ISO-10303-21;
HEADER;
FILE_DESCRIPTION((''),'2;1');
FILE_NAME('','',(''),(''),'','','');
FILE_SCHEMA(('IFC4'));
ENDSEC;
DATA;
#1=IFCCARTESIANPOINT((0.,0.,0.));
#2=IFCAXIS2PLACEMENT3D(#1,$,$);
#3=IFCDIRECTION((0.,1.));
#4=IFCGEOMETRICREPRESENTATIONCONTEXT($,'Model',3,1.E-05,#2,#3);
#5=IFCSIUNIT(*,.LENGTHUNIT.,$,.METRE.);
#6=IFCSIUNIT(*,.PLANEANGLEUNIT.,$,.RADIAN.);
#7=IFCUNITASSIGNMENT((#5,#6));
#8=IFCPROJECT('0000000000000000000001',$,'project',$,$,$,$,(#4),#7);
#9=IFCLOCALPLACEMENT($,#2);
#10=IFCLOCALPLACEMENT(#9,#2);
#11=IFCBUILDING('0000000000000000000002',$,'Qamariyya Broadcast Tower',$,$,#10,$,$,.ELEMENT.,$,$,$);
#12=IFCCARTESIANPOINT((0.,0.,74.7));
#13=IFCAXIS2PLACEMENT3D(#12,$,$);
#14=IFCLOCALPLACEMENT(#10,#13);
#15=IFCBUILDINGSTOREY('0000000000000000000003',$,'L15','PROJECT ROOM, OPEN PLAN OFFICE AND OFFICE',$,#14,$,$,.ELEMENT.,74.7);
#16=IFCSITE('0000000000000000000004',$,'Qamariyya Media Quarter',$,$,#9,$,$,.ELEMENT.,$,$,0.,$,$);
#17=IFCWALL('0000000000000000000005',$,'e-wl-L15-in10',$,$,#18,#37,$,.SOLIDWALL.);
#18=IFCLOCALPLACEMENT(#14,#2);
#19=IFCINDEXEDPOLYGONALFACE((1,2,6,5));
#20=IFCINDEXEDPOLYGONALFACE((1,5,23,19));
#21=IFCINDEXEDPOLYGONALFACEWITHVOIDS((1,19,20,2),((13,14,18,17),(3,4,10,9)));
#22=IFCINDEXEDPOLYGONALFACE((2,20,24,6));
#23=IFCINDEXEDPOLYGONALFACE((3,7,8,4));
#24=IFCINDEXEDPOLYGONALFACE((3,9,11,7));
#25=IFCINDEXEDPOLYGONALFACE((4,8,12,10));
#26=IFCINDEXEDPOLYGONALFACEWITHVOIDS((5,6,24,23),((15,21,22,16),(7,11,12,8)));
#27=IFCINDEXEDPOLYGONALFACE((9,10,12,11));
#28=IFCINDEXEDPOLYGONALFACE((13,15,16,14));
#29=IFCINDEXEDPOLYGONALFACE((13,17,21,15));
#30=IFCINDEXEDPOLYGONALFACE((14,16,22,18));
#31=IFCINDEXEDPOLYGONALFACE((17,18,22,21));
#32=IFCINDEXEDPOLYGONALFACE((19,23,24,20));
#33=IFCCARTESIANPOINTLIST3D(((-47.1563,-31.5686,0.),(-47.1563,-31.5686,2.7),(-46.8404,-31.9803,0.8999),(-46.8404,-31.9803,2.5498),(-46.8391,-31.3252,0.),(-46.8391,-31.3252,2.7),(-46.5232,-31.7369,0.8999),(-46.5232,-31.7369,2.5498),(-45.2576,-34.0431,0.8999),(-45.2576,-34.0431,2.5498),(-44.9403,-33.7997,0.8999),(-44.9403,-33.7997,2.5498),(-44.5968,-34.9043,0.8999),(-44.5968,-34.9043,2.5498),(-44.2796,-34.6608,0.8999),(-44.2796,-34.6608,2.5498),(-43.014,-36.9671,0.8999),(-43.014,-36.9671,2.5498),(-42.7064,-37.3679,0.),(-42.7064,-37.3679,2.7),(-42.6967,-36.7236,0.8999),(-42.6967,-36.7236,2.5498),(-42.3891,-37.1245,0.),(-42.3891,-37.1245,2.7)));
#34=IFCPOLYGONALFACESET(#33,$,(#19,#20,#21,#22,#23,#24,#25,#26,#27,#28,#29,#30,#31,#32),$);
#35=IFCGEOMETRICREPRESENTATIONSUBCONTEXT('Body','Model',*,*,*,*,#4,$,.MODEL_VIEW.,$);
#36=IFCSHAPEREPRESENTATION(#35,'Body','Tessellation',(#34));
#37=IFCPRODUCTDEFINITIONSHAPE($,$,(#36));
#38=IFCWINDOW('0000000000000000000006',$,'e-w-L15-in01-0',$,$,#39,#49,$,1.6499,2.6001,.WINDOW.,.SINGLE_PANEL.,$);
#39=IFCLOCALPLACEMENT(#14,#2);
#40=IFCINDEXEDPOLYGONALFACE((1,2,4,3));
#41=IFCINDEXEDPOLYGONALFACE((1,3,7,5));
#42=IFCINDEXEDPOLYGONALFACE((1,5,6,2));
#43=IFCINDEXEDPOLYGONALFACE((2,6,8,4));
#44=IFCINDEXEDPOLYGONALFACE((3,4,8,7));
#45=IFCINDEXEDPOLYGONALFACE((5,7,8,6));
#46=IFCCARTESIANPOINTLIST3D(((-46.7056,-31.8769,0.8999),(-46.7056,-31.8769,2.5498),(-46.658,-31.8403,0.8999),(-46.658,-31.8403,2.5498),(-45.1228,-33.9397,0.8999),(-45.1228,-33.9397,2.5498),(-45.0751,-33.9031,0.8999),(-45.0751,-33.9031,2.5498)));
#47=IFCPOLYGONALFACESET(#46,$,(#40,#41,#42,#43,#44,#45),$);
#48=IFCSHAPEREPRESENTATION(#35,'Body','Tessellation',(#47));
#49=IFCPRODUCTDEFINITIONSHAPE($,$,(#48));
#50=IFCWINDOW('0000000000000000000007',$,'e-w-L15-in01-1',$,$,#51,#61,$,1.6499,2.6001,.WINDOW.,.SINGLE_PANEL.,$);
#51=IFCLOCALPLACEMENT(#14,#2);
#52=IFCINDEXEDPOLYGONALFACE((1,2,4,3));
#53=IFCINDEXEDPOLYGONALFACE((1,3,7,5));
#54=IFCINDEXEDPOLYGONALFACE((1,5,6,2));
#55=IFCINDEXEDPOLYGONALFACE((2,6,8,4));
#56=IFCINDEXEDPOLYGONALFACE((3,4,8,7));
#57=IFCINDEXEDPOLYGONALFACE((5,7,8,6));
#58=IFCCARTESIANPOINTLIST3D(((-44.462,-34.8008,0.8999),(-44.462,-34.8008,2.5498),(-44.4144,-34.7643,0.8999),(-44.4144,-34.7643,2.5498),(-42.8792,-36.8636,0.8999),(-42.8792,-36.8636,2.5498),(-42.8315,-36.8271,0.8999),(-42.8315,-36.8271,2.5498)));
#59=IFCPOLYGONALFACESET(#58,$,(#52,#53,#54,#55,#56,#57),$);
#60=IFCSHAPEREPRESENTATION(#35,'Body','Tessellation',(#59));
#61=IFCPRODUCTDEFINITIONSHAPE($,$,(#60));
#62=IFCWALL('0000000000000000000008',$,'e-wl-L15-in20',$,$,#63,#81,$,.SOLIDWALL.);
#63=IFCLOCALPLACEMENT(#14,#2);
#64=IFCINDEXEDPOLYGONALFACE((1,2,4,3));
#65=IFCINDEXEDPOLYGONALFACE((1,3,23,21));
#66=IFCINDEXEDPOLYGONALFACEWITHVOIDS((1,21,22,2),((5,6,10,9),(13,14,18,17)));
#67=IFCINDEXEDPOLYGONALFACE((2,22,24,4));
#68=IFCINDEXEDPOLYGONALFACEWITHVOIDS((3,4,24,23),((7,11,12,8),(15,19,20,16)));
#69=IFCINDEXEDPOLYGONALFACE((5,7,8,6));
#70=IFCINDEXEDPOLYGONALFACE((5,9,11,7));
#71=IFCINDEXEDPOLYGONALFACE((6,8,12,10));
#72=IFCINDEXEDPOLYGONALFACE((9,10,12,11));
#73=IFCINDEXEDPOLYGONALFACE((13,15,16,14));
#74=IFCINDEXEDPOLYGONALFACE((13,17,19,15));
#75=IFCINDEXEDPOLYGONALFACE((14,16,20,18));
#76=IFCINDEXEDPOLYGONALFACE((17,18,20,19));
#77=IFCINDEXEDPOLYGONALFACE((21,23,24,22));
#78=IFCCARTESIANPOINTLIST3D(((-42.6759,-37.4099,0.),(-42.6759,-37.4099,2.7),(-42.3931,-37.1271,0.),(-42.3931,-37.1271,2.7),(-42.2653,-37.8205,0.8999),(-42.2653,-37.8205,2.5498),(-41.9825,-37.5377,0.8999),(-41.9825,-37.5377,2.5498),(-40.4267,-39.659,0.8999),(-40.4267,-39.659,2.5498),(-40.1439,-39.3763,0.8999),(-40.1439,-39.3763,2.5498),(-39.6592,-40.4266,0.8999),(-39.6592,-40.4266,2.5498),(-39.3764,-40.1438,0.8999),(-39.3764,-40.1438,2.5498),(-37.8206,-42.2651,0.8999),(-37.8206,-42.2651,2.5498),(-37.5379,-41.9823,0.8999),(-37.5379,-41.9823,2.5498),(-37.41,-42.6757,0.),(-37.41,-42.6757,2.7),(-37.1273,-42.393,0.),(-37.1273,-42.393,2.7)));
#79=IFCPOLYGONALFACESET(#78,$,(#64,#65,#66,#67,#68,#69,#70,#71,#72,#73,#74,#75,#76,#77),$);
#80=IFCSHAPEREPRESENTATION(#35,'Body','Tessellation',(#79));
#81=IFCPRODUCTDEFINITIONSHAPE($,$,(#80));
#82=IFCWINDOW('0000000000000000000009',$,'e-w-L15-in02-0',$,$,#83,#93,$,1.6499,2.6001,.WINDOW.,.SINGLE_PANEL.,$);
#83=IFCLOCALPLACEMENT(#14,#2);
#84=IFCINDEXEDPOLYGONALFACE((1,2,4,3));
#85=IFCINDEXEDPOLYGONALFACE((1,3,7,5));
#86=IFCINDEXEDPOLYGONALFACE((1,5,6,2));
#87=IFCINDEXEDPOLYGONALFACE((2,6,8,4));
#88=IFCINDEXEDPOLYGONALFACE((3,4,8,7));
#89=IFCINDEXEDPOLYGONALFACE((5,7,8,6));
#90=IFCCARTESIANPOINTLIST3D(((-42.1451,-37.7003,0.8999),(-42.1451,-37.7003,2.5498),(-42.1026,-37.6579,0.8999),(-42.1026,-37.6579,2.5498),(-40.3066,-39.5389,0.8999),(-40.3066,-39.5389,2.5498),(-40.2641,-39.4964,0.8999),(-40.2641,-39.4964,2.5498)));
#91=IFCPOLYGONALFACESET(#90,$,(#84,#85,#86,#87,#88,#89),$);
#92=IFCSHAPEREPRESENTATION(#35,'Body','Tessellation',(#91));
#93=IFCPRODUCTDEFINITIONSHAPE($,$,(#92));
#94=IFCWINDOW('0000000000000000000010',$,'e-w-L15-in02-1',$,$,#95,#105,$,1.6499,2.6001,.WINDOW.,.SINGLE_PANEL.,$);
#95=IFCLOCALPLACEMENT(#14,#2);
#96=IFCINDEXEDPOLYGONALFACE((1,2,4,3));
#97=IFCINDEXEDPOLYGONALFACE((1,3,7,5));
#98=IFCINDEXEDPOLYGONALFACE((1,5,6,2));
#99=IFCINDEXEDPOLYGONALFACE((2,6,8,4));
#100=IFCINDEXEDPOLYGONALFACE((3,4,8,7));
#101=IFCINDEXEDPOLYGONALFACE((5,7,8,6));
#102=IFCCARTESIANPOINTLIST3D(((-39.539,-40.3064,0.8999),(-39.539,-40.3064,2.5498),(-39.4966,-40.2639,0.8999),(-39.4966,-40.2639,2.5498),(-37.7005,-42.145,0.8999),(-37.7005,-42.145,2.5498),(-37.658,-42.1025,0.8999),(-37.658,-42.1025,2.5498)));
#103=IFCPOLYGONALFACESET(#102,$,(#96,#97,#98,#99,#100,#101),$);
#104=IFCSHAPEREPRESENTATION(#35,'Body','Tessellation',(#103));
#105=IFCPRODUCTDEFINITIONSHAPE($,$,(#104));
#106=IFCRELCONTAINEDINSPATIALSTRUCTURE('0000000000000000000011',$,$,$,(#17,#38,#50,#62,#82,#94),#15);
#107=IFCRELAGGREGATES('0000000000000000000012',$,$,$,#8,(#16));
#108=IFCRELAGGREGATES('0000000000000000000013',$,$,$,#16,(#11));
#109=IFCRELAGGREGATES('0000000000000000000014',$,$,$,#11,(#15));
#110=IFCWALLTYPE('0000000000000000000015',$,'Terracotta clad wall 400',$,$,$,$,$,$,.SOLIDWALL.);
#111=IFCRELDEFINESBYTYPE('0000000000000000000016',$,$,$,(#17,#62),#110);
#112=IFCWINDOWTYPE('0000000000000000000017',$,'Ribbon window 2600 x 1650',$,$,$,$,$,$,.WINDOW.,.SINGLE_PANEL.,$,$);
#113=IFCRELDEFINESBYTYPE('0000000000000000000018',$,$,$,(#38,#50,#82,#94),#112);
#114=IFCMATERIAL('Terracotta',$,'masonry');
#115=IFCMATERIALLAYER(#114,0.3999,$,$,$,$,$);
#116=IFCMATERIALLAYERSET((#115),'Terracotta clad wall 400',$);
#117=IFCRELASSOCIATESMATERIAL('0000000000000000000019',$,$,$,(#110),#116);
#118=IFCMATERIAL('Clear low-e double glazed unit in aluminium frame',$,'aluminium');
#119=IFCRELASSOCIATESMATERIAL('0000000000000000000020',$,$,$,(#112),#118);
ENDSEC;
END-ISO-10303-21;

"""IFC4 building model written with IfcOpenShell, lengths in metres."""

from ifc_helpers import new_model, si_unit, direction, frame, frame_2d, origin, place, context, subcontext, project, spatial, rectangle, extrude, material, layer, layer_set, type_object, element, fill, save


model = new_model("IFC4")

# Units and contexts
model_context = context("Model", 3, precision=1e-05, world=origin(), true_north=direction((0.0, 1.0)))
body_context = subcontext(model_context, "Body", "Model", "MODEL_VIEW")
ifc_project = project(units=[si_unit("LENGTHUNIT", "METRE"), si_unit("PLANEANGLEUNIT", "RADIAN")], contexts=[model_context])

# Site, building, storey
site_placement = place(None, origin())
site = spatial("IfcSite", under=ifc_project, at=site_placement, Name="Qamariyya Media Quarter", CompositionType="ELEMENT", RefElevation=0.0)
building_placement = place(site_placement, origin())
building = spatial("IfcBuilding", under=site, at=building_placement, Name="Qamariyya Broadcast Tower", CompositionType="ELEMENT")
storey_placement = place(building_placement, frame((0.0, 0.0, 74.7)))
storey = spatial("IfcBuildingStorey", under=building, at=storey_placement, Name="L15", Description="PROJECT ROOM, OPEN PLAN OFFICE AND OFFICE", CompositionType="ELEMENT", Elevation=74.7)

# Shared definitions
ifc_material_1 = material(Name="Terracotta", Category="masonry")
ifc_layer_1 = layer(ifc_material_1, 0.3999)
ifc_layer_set_1 = layer_set([ifc_layer_1], Name="Terracotta clad wall 400")
wall_type_1 = type_object("IfcWallType", Name="Terracotta clad wall 400", PredefinedType="SOLIDWALL", material=ifc_layer_set_1)

# Walls, openings, windows
wall_1_placement = place(storey_placement, frame((-42.5479, -37.2461, 0.0), z_axis=(0.0, 0.0, 1.0), x_axis=(-0.60876, 0.793355, 0.0)))
wall_1 = element("IfcWall", 1, at=wall_1_placement, inside=storey, type_object=wall_type_1, Name="e-wl-L15-in10", PredefinedType="SOLIDWALL", context=body_context, shape_type="SweptSolid", body=[
    extrude(rectangle(XDim=7.3098, YDim=0.3999, at=frame_2d((3.6548, 0.0))), origin(), (0.0, 0.0, 1.0), 2.7),
])
opening_1_placement = place(wall_1_placement, frame((4.1907, 0.0, 0.8999)))
opening_1 = element("IfcOpeningElement", 2, at=opening_1_placement, cuts=wall_1, PredefinedType="OPENING", context=body_context, shape_type="SweptSolid", body=[
    extrude(rectangle(XDim=2.6001, YDim=1.6499, at=frame_2d((1.3, 0.825))), frame((0.0, 0.21, 0.0), z_axis=(0.0, -1.0, 0.0), x_axis=(1.0, 0.0, 0.0)), (0.0, 0.0, 1.0), 0.4199),
])
opening_2_placement = place(wall_1_placement, frame((0.5051, 0.0, 0.8999)))
opening_2 = element("IfcOpeningElement", 3, at=opening_2_placement, cuts=wall_1, PredefinedType="OPENING", context=body_context, shape_type="SweptSolid", body=[
    extrude(rectangle(XDim=2.6001, YDim=1.6499, at=frame_2d((1.3, 0.825))), frame((0.0, 0.21, 0.0), z_axis=(0.0, -1.0, 0.0), x_axis=(1.0, 0.0, 0.0)), (0.0, 0.0, 1.0), 0.4199),
])
ifc_material_2 = material(Name="Clear low-e double glazed unit in aluminium frame", Category="aluminium")
window_type = type_object("IfcWindowType", Name="Ribbon window 2600 x 1650", PartitioningType="SINGLE_PANEL", PredefinedType="WINDOW", material=ifc_material_2)
window_1_placement = place(opening_1_placement, origin())
window_1 = element("IfcWindow", 4, at=window_1_placement, inside=storey, type_object=window_type, Name="e-w-L15-in01-0", OverallHeight=1.6499, OverallWidth=2.6001, PartitioningType="SINGLE_PANEL", PredefinedType="WINDOW", context=body_context, shape_type="SweptSolid", body=[
    extrude(rectangle(XDim=2.6001, YDim=1.6499, at=frame_2d((1.3, 0.825))), frame((0.0, 0.03, 0.0), z_axis=(0.0, -1.0, 0.0), x_axis=(1.0, 0.0, 0.0)), (0.0, 0.0, 1.0), 0.0601),
])
fill(opening_1, window_1)
window_2_placement = place(opening_2_placement, origin())
window_2 = element("IfcWindow", 5, at=window_2_placement, inside=storey, type_object=window_type, Name="e-w-L15-in01-1", OverallHeight=1.6499, OverallWidth=2.6001, PartitioningType="SINGLE_PANEL", PredefinedType="WINDOW", context=body_context, shape_type="SweptSolid", body=[
    extrude(rectangle(XDim=2.6001, YDim=1.6499, at=frame_2d((1.3, 0.825))), frame((0.0, 0.03, 0.0), z_axis=(0.0, -1.0, 0.0), x_axis=(1.0, 0.0, 0.0)), (0.0, 0.0, 1.0), 0.0601),
])
fill(opening_2, window_2)
wall_2_placement = place(storey_placement, frame((-37.2686, -42.5344, 0.0), z_axis=(0.0, 0.0, 1.0), x_axis=(-0.707107, 0.707107, 0.0)))
wall_2 = element("IfcWall", 6, at=wall_2_placement, inside=storey, type_object=wall_type_1, Name="e-wl-L15-in20", PredefinedType="SOLIDWALL", context=body_context, shape_type="SweptSolid", body=[
    extrude(rectangle(XDim=7.447, YDim=0.3999, at=frame_2d((3.7236, 0.0))), origin(), (0.0, 0.0, 1.0), 2.7),
])
opening_3_placement = place(wall_2_placement, frame((4.2664, 0.0, 0.8999)))
opening_3 = element("IfcOpeningElement", 7, at=opening_3_placement, cuts=wall_2, PredefinedType="OPENING", context=body_context, shape_type="SweptSolid", body=[
    extrude(rectangle(XDim=2.6001, YDim=1.6499, at=frame_2d((1.3, 0.825))), frame((0.0, 0.21, 0.0), z_axis=(0.0, -1.0, 0.0), x_axis=(1.0, 0.0, 0.0)), (0.0, 0.0, 1.0), 0.4199),
])
opening_4_placement = place(wall_2_placement, frame((0.5808, 0.0, 0.8999)))
opening_4 = element("IfcOpeningElement", 8, at=opening_4_placement, cuts=wall_2, PredefinedType="OPENING", context=body_context, shape_type="SweptSolid", body=[
    extrude(rectangle(XDim=2.6001, YDim=1.6499, at=frame_2d((1.3, 0.825))), frame((0.0, 0.21, 0.0), z_axis=(0.0, -1.0, 0.0), x_axis=(1.0, 0.0, 0.0)), (0.0, 0.0, 1.0), 0.4199),
])
window_3_placement = place(opening_3_placement, origin())
window_3 = element("IfcWindow", 9, at=window_3_placement, inside=storey, type_object=window_type, Name="e-w-L15-in02-0", OverallHeight=1.6499, OverallWidth=2.6001, PartitioningType="SINGLE_PANEL", PredefinedType="WINDOW", context=body_context, shape_type="SweptSolid", body=[
    extrude(rectangle(XDim=2.6001, YDim=1.6499, at=frame_2d((1.3, 0.825))), frame((0.0, 0.03, 0.0), z_axis=(0.0, -1.0, 0.0), x_axis=(1.0, 0.0, 0.0)), (0.0, 0.0, 1.0), 0.0601),
])
fill(opening_3, window_3)
window_4_placement = place(opening_4_placement, origin())
window_4 = element("IfcWindow", 10, at=window_4_placement, inside=storey, type_object=window_type, Name="e-w-L15-in02-1", OverallHeight=1.6499, OverallWidth=2.6001, PartitioningType="SINGLE_PANEL", PredefinedType="WINDOW", context=body_context, shape_type="SweptSolid", body=[
    extrude(rectangle(XDim=2.6001, YDim=1.6499, at=frame_2d((1.3, 0.825))), frame((0.0, 0.03, 0.0), z_axis=(0.0, -1.0, 0.0), x_axis=(1.0, 0.0, 0.0)), (0.0, 0.0, 1.0), 0.0601),
])
fill(opening_4, window_4)

save(model, "model.ifc")
